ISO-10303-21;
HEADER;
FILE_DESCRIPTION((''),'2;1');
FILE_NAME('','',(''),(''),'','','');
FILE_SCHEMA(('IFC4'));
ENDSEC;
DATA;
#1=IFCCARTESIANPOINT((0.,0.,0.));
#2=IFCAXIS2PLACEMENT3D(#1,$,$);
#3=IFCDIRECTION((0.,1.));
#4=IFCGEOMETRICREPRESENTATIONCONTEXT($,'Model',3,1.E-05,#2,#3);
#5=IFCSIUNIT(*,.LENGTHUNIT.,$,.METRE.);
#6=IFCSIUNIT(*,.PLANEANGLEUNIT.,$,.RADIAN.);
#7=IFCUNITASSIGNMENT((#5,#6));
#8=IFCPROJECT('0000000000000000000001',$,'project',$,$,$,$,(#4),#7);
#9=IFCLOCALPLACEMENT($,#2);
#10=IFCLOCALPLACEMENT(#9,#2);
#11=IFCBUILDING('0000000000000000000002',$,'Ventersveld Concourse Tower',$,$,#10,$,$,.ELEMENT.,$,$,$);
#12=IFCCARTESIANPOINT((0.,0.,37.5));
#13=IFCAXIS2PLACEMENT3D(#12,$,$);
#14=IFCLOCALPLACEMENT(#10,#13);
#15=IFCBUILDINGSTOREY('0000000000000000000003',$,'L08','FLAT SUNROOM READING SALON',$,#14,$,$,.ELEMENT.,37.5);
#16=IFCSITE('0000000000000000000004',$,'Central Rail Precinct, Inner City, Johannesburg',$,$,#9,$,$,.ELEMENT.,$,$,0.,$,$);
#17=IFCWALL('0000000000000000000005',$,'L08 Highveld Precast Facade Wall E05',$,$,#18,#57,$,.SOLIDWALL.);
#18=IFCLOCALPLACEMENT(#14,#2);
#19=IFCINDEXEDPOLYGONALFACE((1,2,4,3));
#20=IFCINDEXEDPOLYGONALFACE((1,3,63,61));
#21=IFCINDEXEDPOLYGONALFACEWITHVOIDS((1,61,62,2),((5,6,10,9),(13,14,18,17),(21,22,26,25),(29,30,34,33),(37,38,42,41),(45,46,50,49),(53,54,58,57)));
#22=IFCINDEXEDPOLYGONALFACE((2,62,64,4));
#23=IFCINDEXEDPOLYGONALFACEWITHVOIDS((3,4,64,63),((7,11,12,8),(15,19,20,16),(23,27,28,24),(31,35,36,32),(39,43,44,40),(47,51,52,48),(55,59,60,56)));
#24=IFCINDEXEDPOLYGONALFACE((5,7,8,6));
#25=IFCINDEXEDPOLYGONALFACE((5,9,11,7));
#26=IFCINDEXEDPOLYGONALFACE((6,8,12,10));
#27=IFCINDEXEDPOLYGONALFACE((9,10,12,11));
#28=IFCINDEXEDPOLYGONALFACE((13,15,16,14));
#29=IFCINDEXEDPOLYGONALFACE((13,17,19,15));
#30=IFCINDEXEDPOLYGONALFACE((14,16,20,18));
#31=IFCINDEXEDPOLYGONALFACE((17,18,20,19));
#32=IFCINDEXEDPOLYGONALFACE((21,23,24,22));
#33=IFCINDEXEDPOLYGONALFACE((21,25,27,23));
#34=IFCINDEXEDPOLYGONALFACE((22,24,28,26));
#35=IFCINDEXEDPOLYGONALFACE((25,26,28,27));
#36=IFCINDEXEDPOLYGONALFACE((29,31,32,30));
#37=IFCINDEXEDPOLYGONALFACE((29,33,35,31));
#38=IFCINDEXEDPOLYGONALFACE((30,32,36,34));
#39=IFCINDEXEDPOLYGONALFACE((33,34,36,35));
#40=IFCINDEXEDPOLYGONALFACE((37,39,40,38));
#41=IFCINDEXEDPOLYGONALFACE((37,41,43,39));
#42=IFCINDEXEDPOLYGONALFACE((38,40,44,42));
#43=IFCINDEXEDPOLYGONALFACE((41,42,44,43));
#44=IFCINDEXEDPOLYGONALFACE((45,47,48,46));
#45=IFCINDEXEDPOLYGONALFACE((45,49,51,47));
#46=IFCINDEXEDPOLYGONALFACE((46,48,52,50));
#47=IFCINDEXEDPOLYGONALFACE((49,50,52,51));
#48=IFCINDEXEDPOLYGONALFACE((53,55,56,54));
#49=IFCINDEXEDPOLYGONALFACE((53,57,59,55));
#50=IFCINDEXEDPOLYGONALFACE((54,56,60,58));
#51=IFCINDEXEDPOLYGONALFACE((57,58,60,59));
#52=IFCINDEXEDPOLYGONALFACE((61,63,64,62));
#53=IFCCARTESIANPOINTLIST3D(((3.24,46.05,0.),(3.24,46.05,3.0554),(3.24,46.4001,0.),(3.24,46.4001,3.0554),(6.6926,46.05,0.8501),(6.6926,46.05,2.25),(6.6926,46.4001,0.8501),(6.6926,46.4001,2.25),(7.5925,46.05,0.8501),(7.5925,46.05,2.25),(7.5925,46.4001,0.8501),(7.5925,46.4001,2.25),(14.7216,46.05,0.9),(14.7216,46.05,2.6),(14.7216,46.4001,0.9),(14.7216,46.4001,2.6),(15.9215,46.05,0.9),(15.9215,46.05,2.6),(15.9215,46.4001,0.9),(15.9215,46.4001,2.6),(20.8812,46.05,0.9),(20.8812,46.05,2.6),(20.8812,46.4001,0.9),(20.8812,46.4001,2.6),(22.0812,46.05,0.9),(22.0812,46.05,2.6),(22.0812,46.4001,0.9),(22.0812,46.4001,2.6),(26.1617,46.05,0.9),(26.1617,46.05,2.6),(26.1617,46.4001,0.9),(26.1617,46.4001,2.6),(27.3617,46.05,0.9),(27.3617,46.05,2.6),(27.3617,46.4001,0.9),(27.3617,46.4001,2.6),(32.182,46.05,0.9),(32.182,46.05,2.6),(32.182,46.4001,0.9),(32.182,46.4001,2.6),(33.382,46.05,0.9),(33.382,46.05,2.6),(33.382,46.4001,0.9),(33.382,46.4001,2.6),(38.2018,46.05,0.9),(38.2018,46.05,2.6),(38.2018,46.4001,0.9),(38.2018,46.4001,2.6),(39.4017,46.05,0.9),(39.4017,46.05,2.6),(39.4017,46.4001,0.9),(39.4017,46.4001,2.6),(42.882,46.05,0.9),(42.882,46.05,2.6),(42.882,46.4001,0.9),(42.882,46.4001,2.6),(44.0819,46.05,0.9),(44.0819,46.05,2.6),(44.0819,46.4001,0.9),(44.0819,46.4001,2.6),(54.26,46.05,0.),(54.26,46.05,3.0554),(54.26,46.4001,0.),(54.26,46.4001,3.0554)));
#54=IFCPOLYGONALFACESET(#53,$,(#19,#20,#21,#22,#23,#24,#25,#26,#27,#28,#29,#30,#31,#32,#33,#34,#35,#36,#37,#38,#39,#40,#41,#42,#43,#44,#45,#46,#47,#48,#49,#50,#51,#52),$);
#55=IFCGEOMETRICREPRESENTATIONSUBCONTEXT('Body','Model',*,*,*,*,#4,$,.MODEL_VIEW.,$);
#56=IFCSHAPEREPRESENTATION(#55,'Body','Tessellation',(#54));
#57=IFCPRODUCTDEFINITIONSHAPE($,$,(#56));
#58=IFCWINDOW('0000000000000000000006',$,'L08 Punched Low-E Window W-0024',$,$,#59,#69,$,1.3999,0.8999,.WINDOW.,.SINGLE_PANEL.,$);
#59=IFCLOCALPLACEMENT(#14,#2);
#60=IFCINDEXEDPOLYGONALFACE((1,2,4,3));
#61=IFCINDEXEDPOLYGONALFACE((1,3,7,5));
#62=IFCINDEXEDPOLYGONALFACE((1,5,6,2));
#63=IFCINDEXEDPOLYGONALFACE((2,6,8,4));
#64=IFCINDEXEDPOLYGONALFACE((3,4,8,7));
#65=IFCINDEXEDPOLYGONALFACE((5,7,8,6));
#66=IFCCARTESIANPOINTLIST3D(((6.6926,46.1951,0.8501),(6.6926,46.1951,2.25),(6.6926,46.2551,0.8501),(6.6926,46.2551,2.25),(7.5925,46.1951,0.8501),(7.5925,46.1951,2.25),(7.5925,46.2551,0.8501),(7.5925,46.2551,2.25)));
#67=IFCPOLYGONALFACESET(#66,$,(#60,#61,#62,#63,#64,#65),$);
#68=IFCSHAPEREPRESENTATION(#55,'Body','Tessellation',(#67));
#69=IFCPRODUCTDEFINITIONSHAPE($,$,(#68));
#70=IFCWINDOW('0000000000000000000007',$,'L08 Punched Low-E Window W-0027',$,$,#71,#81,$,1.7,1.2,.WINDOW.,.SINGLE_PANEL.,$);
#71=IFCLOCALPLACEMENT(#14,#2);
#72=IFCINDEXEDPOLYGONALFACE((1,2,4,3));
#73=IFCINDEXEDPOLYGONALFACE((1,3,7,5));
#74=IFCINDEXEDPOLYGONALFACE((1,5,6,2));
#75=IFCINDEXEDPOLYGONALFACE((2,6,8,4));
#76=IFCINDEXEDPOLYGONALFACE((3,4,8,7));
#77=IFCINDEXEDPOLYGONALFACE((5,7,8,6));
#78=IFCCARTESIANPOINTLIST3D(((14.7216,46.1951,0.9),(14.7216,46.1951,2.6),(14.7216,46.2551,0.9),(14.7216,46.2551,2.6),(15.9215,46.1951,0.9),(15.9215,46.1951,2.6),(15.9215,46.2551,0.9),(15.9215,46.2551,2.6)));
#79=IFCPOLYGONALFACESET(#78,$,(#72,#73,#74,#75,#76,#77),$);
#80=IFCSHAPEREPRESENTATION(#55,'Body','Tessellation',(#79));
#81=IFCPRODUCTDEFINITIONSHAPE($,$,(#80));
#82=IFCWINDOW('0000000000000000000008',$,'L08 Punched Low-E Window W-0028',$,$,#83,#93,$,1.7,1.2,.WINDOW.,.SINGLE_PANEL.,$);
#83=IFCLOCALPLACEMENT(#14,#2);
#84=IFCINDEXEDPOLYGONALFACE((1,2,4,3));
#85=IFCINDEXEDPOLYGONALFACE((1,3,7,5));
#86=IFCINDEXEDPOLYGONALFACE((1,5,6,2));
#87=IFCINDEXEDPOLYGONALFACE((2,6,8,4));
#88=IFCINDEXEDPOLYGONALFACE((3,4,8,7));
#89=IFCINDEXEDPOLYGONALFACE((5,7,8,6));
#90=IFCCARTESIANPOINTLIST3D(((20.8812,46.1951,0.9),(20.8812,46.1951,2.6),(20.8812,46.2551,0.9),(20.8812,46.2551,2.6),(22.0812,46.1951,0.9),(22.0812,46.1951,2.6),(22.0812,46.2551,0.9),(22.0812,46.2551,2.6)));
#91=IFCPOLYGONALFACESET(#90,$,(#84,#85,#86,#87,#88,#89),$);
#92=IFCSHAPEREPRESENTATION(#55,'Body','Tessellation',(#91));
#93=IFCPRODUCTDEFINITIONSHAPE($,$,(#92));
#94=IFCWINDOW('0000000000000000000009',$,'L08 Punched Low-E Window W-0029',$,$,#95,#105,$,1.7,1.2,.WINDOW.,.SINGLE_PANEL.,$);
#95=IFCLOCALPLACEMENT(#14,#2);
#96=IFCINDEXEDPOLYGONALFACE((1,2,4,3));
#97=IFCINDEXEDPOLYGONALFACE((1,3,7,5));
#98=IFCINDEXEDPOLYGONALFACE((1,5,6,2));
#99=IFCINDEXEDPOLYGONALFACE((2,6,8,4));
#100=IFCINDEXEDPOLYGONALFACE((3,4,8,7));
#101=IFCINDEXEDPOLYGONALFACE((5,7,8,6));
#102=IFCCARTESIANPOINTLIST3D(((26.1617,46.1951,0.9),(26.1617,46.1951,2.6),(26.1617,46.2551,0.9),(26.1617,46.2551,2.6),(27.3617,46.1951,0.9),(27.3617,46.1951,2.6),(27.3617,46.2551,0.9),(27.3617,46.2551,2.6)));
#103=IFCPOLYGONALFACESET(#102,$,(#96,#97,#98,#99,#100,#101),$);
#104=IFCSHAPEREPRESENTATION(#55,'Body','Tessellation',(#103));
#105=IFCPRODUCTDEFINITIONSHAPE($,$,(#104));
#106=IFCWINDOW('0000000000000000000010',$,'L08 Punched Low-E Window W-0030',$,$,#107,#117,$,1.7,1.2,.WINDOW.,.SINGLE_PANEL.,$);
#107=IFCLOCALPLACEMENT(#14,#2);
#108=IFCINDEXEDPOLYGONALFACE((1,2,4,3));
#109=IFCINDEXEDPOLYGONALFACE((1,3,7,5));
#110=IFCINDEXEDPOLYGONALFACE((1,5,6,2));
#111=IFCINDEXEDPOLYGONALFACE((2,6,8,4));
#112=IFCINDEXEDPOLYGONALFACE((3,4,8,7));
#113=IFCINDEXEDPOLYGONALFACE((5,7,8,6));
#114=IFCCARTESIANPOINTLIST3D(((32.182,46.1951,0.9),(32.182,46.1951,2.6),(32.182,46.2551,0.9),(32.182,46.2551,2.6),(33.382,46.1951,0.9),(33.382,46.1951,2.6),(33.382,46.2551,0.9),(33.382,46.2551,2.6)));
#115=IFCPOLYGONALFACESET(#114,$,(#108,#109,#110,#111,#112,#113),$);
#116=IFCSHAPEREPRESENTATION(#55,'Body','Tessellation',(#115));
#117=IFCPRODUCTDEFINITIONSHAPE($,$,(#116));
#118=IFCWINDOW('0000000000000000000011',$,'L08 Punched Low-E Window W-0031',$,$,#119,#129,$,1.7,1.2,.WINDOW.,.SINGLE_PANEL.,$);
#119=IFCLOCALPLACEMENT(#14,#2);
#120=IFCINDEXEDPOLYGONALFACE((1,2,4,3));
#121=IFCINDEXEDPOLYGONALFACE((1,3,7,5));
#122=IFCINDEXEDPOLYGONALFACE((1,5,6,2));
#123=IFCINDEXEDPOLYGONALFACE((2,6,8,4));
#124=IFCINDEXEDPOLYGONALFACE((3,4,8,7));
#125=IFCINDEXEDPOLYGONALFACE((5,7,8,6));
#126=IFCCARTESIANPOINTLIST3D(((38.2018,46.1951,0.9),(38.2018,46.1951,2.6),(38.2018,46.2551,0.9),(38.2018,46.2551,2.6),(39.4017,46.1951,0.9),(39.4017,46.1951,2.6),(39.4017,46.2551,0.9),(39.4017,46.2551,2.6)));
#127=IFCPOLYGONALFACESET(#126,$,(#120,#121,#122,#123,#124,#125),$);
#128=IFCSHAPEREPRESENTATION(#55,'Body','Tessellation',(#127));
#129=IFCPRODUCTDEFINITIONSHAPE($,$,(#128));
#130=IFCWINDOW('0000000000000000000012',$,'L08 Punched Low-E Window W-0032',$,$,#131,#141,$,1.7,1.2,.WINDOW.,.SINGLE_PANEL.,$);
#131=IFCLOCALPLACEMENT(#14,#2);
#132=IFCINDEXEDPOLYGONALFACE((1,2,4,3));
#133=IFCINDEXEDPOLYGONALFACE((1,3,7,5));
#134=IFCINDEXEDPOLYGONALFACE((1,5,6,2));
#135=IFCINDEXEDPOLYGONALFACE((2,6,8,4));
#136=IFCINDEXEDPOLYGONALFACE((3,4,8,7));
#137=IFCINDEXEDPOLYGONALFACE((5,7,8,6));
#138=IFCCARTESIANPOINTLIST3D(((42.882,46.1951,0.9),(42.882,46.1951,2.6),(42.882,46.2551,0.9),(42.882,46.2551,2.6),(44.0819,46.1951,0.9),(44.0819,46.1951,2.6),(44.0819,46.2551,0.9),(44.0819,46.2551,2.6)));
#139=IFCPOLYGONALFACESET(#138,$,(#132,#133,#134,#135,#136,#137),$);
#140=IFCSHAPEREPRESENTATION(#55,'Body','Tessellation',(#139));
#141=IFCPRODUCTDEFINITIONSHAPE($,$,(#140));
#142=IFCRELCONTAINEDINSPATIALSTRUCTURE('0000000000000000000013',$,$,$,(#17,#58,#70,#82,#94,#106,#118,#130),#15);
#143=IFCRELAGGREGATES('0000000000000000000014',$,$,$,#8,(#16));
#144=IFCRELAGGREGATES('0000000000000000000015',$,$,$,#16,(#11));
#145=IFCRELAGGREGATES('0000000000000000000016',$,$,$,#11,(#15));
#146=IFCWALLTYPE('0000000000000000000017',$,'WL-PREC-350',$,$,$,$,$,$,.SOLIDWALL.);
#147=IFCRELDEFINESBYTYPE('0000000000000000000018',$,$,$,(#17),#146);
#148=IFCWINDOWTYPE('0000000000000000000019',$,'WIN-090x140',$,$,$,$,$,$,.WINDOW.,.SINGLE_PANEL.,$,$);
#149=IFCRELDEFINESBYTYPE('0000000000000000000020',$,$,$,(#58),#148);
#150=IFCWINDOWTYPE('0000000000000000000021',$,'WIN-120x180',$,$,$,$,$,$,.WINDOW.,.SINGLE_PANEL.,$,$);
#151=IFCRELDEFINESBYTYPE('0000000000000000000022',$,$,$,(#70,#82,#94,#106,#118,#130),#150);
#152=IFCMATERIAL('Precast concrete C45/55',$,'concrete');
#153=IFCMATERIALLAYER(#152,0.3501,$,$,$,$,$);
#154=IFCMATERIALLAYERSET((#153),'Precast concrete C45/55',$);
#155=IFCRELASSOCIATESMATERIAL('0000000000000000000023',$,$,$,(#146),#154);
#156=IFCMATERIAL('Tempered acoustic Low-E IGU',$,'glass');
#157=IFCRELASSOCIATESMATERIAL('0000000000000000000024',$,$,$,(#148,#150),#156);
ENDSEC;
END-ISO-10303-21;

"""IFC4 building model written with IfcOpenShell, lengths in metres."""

from ifc_helpers import new_model, si_unit, direction, frame, frame_2d, origin, place, context, subcontext, project, spatial, rectangle, extrude, material, layer, layer_set, type_object, element, fill, save


model = new_model("IFC4")

# Units and contexts
model_context = context("Model", 3, precision=1e-05, world=origin(), true_north=direction((0.0, 1.0)))
body_context = subcontext(model_context, "Body", "Model", "MODEL_VIEW")
ifc_project = project(units=[si_unit("LENGTHUNIT", "METRE"), si_unit("PLANEANGLEUNIT", "RADIAN")], contexts=[model_context])

# Site, building, storey
site_placement = place(None, origin())
site = spatial("IfcSite", under=ifc_project, at=site_placement, Name="Central Rail Precinct, Inner City, Johannesburg", CompositionType="ELEMENT", RefElevation=0.0)
building_placement = place(site_placement, origin())
building = spatial("IfcBuilding", under=site, at=building_placement, Name="Ventersveld Concourse Tower", CompositionType="ELEMENT")
storey_placement = place(building_placement, frame((0.0, 0.0, 37.5)))
storey = spatial("IfcBuildingStorey", under=building, at=storey_placement, Name="L08", Description="FLAT SUNROOM READING SALON", CompositionType="ELEMENT", Elevation=37.5)

# Shared definitions
ifc_material_1 = material(Name="Precast concrete C45/55", Category="concrete")
ifc_layer_1 = layer(ifc_material_1, 0.3501)
ifc_layer_set_1 = layer_set([ifc_layer_1], Name="Precast concrete C45/55")
wall_type_1 = type_object("IfcWallType", Name="WL-PREC-350", PredefinedType="SOLIDWALL", material=ifc_layer_set_1)

# Wall, openings, windows
wall_1_placement = place(storey_placement, frame((54.26, 46.2251, 0.0), z_axis=(0.0, 0.0, 1.0), x_axis=(-1.0, 0.0, 0.0)))
wall_1 = element("IfcWall", 1, at=wall_1_placement, inside=storey, type_object=wall_type_1, Name="L08 Highveld Precast Facade Wall E05", PredefinedType="SOLIDWALL", context=body_context, shape_type="SweptSolid", body=[
    extrude(rectangle(XDim=51.02, YDim=0.3501, at=frame_2d((25.51, 0.0))), origin(), (0.0, 0.0, 1.0), 3.0554),
])
opening_1_placement = place(wall_1_placement, frame((46.6675, 0.0, 0.8501)))
opening_1 = element("IfcOpeningElement", 2, at=opening_1_placement, cuts=wall_1, PredefinedType="OPENING", context=body_context, shape_type="SweptSolid", body=[
    extrude(rectangle(XDim=0.8999, YDim=1.3999, at=frame_2d((0.45, 0.7))), frame((0.0, 0.1851, 0.0), z_axis=(0.0, -1.0, 0.0), x_axis=(1.0, 0.0, 0.0)), (0.0, 0.0, 1.0), 0.3701),
])
opening_2_placement = place(wall_1_placement, frame((38.3384, 0.0, 0.8999)))
opening_2 = element("IfcOpeningElement", 3, at=opening_2_placement, cuts=wall_1, PredefinedType="OPENING", context=body_context, shape_type="SweptSolid", body=[
    extrude(rectangle(XDim=1.2, YDim=1.7, at=frame_2d((0.6001, 0.8501))), frame((0.0, 0.1851, 0.0), z_axis=(0.0, -1.0, 0.0), x_axis=(1.0, 0.0, 0.0)), (0.0, 0.0, 1.0), 0.3701),
])
opening_3_placement = place(wall_1_placement, frame((32.1787, 0.0, 0.8999)))
opening_3 = element("IfcOpeningElement", 4, at=opening_3_placement, cuts=wall_1, PredefinedType="OPENING", context=body_context, shape_type="SweptSolid", body=[
    extrude(rectangle(XDim=1.2, YDim=1.7, at=frame_2d((0.6001, 0.8501))), frame((0.0, 0.1851, 0.0), z_axis=(0.0, -1.0, 0.0), x_axis=(1.0, 0.0, 0.0)), (0.0, 0.0, 1.0), 0.3701),
])
opening_4_placement = place(wall_1_placement, frame((26.8982, 0.0, 0.8999)))
opening_4 = element("IfcOpeningElement", 5, at=opening_4_placement, cuts=wall_1, PredefinedType="OPENING", context=body_context, shape_type="SweptSolid", body=[
    extrude(rectangle(XDim=1.2, YDim=1.7, at=frame_2d((0.6001, 0.8501))), frame((0.0, 0.1851, 0.0), z_axis=(0.0, -1.0, 0.0), x_axis=(1.0, 0.0, 0.0)), (0.0, 0.0, 1.0), 0.3701),
])
opening_5_placement = place(wall_1_placement, frame((20.8779, 0.0, 0.8999)))
opening_5 = element("IfcOpeningElement", 6, at=opening_5_placement, cuts=wall_1, PredefinedType="OPENING", context=body_context, shape_type="SweptSolid", body=[
    extrude(rectangle(XDim=1.2, YDim=1.7, at=frame_2d((0.6001, 0.8501))), frame((0.0, 0.1851, 0.0), z_axis=(0.0, -1.0, 0.0), x_axis=(1.0, 0.0, 0.0)), (0.0, 0.0, 1.0), 0.3701),
])
opening_6_placement = place(wall_1_placement, frame((14.8582, 0.0, 0.8999)))
opening_6 = element("IfcOpeningElement", 7, at=opening_6_placement, cuts=wall_1, PredefinedType="OPENING", context=body_context, shape_type="SweptSolid", body=[
    extrude(rectangle(XDim=1.2, YDim=1.7, at=frame_2d((0.6001, 0.8501))), frame((0.0, 0.1851, 0.0), z_axis=(0.0, -1.0, 0.0), x_axis=(1.0, 0.0, 0.0)), (0.0, 0.0, 1.0), 0.3701),
])
opening_7_placement = place(wall_1_placement, frame((10.178, 0.0, 0.8999)))
opening_7 = element("IfcOpeningElement", 8, at=opening_7_placement, cuts=wall_1, PredefinedType="OPENING", context=body_context, shape_type="SweptSolid", body=[
    extrude(rectangle(XDim=1.2, YDim=1.7, at=frame_2d((0.6001, 0.8501))), frame((0.0, 0.1851, 0.0), z_axis=(0.0, -1.0, 0.0), x_axis=(1.0, 0.0, 0.0)), (0.0, 0.0, 1.0), 0.3701),
])
ifc_material_2 = material(Name="Tempered acoustic Low-E IGU", Category="glass")
window_type_1 = type_object("IfcWindowType", Name="WIN-090x140", PartitioningType="SINGLE_PANEL", PredefinedType="WINDOW", material=ifc_material_2)
window_1_placement = place(opening_1_placement, origin())
window_1 = element("IfcWindow", 9, at=window_1_placement, inside=storey, type_object=window_type_1, Name="L08 Punched Low-E Window W-0024", OverallHeight=1.3999, OverallWidth=0.8999, PartitioningType="SINGLE_PANEL", PredefinedType="WINDOW", context=body_context, shape_type="SweptSolid", body=[
    extrude(rectangle(XDim=0.8999, YDim=1.3999, at=frame_2d((0.45, 0.7))), frame((0.0, 0.03, 0.0), z_axis=(0.0, -1.0, 0.0), x_axis=(1.0, 0.0, 0.0)), (0.0, 0.0, 1.0), 0.0601),
])
fill(opening_1, window_1)
window_type_2 = type_object("IfcWindowType", Name="WIN-120x180", PartitioningType="SINGLE_PANEL", PredefinedType="WINDOW", material=ifc_material_2)
window_2_placement = place(opening_2_placement, origin())
window_2 = element("IfcWindow", 10, at=window_2_placement, inside=storey, type_object=window_type_2, Name="L08 Punched Low-E Window W-0027", OverallHeight=1.7, OverallWidth=1.2, PartitioningType="SINGLE_PANEL", PredefinedType="WINDOW", context=body_context, shape_type="SweptSolid", body=[
    extrude(rectangle(XDim=1.2, YDim=1.7, at=frame_2d((0.6001, 0.8501))), frame((0.0, 0.03, 0.0), z_axis=(0.0, -1.0, 0.0), x_axis=(1.0, 0.0, 0.0)), (0.0, 0.0, 1.0), 0.0601),
])
fill(opening_2, window_2)
window_3_placement = place(opening_3_placement, origin())
window_3 = element("IfcWindow", 11, at=window_3_placement, inside=storey, type_object=window_type_2, Name="L08 Punched Low-E Window W-0028", OverallHeight=1.7, OverallWidth=1.2, PartitioningType="SINGLE_PANEL", PredefinedType="WINDOW", context=body_context, shape_type="SweptSolid", body=[
    extrude(rectangle(XDim=1.2, YDim=1.7, at=frame_2d((0.6001, 0.8501))), frame((0.0, 0.03, 0.0), z_axis=(0.0, -1.0, 0.0), x_axis=(1.0, 0.0, 0.0)), (0.0, 0.0, 1.0), 0.0601),
])
fill(opening_3, window_3)
window_4_placement = place(opening_4_placement, origin())
window_4 = element("IfcWindow", 12, at=window_4_placement, inside=storey, type_object=window_type_2, Name="L08 Punched Low-E Window W-0029", OverallHeight=1.7, OverallWidth=1.2, PartitioningType="SINGLE_PANEL", PredefinedType="WINDOW", context=body_context, shape_type="SweptSolid", body=[
    extrude(rectangle(XDim=1.2, YDim=1.7, at=frame_2d((0.6001, 0.8501))), frame((0.0, 0.03, 0.0), z_axis=(0.0, -1.0, 0.0), x_axis=(1.0, 0.0, 0.0)), (0.0, 0.0, 1.0), 0.0601),
])
fill(opening_4, window_4)
window_5_placement = place(opening_5_placement, origin())
window_5 = element("IfcWindow", 13, at=window_5_placement, inside=storey, type_object=window_type_2, Name="L08 Punched Low-E Window W-0030", OverallHeight=1.7, OverallWidth=1.2, PartitioningType="SINGLE_PANEL", PredefinedType="WINDOW", context=body_context, shape_type="SweptSolid", body=[
    extrude(rectangle(XDim=1.2, YDim=1.7, at=frame_2d((0.6001, 0.8501))), frame((0.0, 0.03, 0.0), z_axis=(0.0, -1.0, 0.0), x_axis=(1.0, 0.0, 0.0)), (0.0, 0.0, 1.0), 0.0601),
])
fill(opening_5, window_5)
window_6_placement = place(opening_6_placement, origin())
window_6 = element("IfcWindow", 14, at=window_6_placement, inside=storey, type_object=window_type_2, Name="L08 Punched Low-E Window W-0031", OverallHeight=1.7, OverallWidth=1.2, PartitioningType="SINGLE_PANEL", PredefinedType="WINDOW", context=body_context, shape_type="SweptSolid", body=[
    extrude(rectangle(XDim=1.2, YDim=1.7, at=frame_2d((0.6001, 0.8501))), frame((0.0, 0.03, 0.0), z_axis=(0.0, -1.0, 0.0), x_axis=(1.0, 0.0, 0.0)), (0.0, 0.0, 1.0), 0.0601),
])
fill(opening_6, window_6)
window_7_placement = place(opening_7_placement, origin())
window_7 = element("IfcWindow", 15, at=window_7_placement, inside=storey, type_object=window_type_2, Name="L08 Punched Low-E Window W-0032", OverallHeight=1.7, OverallWidth=1.2, PartitioningType="SINGLE_PANEL", PredefinedType="WINDOW", context=body_context, shape_type="SweptSolid", body=[
    extrude(rectangle(XDim=1.2, YDim=1.7, at=frame_2d((0.6001, 0.8501))), frame((0.0, 0.03, 0.0), z_axis=(0.0, -1.0, 0.0), x_axis=(1.0, 0.0, 0.0)), (0.0, 0.0, 1.0), 0.0601),
])
fill(opening_7, window_7)

save(model, "model.ifc")
